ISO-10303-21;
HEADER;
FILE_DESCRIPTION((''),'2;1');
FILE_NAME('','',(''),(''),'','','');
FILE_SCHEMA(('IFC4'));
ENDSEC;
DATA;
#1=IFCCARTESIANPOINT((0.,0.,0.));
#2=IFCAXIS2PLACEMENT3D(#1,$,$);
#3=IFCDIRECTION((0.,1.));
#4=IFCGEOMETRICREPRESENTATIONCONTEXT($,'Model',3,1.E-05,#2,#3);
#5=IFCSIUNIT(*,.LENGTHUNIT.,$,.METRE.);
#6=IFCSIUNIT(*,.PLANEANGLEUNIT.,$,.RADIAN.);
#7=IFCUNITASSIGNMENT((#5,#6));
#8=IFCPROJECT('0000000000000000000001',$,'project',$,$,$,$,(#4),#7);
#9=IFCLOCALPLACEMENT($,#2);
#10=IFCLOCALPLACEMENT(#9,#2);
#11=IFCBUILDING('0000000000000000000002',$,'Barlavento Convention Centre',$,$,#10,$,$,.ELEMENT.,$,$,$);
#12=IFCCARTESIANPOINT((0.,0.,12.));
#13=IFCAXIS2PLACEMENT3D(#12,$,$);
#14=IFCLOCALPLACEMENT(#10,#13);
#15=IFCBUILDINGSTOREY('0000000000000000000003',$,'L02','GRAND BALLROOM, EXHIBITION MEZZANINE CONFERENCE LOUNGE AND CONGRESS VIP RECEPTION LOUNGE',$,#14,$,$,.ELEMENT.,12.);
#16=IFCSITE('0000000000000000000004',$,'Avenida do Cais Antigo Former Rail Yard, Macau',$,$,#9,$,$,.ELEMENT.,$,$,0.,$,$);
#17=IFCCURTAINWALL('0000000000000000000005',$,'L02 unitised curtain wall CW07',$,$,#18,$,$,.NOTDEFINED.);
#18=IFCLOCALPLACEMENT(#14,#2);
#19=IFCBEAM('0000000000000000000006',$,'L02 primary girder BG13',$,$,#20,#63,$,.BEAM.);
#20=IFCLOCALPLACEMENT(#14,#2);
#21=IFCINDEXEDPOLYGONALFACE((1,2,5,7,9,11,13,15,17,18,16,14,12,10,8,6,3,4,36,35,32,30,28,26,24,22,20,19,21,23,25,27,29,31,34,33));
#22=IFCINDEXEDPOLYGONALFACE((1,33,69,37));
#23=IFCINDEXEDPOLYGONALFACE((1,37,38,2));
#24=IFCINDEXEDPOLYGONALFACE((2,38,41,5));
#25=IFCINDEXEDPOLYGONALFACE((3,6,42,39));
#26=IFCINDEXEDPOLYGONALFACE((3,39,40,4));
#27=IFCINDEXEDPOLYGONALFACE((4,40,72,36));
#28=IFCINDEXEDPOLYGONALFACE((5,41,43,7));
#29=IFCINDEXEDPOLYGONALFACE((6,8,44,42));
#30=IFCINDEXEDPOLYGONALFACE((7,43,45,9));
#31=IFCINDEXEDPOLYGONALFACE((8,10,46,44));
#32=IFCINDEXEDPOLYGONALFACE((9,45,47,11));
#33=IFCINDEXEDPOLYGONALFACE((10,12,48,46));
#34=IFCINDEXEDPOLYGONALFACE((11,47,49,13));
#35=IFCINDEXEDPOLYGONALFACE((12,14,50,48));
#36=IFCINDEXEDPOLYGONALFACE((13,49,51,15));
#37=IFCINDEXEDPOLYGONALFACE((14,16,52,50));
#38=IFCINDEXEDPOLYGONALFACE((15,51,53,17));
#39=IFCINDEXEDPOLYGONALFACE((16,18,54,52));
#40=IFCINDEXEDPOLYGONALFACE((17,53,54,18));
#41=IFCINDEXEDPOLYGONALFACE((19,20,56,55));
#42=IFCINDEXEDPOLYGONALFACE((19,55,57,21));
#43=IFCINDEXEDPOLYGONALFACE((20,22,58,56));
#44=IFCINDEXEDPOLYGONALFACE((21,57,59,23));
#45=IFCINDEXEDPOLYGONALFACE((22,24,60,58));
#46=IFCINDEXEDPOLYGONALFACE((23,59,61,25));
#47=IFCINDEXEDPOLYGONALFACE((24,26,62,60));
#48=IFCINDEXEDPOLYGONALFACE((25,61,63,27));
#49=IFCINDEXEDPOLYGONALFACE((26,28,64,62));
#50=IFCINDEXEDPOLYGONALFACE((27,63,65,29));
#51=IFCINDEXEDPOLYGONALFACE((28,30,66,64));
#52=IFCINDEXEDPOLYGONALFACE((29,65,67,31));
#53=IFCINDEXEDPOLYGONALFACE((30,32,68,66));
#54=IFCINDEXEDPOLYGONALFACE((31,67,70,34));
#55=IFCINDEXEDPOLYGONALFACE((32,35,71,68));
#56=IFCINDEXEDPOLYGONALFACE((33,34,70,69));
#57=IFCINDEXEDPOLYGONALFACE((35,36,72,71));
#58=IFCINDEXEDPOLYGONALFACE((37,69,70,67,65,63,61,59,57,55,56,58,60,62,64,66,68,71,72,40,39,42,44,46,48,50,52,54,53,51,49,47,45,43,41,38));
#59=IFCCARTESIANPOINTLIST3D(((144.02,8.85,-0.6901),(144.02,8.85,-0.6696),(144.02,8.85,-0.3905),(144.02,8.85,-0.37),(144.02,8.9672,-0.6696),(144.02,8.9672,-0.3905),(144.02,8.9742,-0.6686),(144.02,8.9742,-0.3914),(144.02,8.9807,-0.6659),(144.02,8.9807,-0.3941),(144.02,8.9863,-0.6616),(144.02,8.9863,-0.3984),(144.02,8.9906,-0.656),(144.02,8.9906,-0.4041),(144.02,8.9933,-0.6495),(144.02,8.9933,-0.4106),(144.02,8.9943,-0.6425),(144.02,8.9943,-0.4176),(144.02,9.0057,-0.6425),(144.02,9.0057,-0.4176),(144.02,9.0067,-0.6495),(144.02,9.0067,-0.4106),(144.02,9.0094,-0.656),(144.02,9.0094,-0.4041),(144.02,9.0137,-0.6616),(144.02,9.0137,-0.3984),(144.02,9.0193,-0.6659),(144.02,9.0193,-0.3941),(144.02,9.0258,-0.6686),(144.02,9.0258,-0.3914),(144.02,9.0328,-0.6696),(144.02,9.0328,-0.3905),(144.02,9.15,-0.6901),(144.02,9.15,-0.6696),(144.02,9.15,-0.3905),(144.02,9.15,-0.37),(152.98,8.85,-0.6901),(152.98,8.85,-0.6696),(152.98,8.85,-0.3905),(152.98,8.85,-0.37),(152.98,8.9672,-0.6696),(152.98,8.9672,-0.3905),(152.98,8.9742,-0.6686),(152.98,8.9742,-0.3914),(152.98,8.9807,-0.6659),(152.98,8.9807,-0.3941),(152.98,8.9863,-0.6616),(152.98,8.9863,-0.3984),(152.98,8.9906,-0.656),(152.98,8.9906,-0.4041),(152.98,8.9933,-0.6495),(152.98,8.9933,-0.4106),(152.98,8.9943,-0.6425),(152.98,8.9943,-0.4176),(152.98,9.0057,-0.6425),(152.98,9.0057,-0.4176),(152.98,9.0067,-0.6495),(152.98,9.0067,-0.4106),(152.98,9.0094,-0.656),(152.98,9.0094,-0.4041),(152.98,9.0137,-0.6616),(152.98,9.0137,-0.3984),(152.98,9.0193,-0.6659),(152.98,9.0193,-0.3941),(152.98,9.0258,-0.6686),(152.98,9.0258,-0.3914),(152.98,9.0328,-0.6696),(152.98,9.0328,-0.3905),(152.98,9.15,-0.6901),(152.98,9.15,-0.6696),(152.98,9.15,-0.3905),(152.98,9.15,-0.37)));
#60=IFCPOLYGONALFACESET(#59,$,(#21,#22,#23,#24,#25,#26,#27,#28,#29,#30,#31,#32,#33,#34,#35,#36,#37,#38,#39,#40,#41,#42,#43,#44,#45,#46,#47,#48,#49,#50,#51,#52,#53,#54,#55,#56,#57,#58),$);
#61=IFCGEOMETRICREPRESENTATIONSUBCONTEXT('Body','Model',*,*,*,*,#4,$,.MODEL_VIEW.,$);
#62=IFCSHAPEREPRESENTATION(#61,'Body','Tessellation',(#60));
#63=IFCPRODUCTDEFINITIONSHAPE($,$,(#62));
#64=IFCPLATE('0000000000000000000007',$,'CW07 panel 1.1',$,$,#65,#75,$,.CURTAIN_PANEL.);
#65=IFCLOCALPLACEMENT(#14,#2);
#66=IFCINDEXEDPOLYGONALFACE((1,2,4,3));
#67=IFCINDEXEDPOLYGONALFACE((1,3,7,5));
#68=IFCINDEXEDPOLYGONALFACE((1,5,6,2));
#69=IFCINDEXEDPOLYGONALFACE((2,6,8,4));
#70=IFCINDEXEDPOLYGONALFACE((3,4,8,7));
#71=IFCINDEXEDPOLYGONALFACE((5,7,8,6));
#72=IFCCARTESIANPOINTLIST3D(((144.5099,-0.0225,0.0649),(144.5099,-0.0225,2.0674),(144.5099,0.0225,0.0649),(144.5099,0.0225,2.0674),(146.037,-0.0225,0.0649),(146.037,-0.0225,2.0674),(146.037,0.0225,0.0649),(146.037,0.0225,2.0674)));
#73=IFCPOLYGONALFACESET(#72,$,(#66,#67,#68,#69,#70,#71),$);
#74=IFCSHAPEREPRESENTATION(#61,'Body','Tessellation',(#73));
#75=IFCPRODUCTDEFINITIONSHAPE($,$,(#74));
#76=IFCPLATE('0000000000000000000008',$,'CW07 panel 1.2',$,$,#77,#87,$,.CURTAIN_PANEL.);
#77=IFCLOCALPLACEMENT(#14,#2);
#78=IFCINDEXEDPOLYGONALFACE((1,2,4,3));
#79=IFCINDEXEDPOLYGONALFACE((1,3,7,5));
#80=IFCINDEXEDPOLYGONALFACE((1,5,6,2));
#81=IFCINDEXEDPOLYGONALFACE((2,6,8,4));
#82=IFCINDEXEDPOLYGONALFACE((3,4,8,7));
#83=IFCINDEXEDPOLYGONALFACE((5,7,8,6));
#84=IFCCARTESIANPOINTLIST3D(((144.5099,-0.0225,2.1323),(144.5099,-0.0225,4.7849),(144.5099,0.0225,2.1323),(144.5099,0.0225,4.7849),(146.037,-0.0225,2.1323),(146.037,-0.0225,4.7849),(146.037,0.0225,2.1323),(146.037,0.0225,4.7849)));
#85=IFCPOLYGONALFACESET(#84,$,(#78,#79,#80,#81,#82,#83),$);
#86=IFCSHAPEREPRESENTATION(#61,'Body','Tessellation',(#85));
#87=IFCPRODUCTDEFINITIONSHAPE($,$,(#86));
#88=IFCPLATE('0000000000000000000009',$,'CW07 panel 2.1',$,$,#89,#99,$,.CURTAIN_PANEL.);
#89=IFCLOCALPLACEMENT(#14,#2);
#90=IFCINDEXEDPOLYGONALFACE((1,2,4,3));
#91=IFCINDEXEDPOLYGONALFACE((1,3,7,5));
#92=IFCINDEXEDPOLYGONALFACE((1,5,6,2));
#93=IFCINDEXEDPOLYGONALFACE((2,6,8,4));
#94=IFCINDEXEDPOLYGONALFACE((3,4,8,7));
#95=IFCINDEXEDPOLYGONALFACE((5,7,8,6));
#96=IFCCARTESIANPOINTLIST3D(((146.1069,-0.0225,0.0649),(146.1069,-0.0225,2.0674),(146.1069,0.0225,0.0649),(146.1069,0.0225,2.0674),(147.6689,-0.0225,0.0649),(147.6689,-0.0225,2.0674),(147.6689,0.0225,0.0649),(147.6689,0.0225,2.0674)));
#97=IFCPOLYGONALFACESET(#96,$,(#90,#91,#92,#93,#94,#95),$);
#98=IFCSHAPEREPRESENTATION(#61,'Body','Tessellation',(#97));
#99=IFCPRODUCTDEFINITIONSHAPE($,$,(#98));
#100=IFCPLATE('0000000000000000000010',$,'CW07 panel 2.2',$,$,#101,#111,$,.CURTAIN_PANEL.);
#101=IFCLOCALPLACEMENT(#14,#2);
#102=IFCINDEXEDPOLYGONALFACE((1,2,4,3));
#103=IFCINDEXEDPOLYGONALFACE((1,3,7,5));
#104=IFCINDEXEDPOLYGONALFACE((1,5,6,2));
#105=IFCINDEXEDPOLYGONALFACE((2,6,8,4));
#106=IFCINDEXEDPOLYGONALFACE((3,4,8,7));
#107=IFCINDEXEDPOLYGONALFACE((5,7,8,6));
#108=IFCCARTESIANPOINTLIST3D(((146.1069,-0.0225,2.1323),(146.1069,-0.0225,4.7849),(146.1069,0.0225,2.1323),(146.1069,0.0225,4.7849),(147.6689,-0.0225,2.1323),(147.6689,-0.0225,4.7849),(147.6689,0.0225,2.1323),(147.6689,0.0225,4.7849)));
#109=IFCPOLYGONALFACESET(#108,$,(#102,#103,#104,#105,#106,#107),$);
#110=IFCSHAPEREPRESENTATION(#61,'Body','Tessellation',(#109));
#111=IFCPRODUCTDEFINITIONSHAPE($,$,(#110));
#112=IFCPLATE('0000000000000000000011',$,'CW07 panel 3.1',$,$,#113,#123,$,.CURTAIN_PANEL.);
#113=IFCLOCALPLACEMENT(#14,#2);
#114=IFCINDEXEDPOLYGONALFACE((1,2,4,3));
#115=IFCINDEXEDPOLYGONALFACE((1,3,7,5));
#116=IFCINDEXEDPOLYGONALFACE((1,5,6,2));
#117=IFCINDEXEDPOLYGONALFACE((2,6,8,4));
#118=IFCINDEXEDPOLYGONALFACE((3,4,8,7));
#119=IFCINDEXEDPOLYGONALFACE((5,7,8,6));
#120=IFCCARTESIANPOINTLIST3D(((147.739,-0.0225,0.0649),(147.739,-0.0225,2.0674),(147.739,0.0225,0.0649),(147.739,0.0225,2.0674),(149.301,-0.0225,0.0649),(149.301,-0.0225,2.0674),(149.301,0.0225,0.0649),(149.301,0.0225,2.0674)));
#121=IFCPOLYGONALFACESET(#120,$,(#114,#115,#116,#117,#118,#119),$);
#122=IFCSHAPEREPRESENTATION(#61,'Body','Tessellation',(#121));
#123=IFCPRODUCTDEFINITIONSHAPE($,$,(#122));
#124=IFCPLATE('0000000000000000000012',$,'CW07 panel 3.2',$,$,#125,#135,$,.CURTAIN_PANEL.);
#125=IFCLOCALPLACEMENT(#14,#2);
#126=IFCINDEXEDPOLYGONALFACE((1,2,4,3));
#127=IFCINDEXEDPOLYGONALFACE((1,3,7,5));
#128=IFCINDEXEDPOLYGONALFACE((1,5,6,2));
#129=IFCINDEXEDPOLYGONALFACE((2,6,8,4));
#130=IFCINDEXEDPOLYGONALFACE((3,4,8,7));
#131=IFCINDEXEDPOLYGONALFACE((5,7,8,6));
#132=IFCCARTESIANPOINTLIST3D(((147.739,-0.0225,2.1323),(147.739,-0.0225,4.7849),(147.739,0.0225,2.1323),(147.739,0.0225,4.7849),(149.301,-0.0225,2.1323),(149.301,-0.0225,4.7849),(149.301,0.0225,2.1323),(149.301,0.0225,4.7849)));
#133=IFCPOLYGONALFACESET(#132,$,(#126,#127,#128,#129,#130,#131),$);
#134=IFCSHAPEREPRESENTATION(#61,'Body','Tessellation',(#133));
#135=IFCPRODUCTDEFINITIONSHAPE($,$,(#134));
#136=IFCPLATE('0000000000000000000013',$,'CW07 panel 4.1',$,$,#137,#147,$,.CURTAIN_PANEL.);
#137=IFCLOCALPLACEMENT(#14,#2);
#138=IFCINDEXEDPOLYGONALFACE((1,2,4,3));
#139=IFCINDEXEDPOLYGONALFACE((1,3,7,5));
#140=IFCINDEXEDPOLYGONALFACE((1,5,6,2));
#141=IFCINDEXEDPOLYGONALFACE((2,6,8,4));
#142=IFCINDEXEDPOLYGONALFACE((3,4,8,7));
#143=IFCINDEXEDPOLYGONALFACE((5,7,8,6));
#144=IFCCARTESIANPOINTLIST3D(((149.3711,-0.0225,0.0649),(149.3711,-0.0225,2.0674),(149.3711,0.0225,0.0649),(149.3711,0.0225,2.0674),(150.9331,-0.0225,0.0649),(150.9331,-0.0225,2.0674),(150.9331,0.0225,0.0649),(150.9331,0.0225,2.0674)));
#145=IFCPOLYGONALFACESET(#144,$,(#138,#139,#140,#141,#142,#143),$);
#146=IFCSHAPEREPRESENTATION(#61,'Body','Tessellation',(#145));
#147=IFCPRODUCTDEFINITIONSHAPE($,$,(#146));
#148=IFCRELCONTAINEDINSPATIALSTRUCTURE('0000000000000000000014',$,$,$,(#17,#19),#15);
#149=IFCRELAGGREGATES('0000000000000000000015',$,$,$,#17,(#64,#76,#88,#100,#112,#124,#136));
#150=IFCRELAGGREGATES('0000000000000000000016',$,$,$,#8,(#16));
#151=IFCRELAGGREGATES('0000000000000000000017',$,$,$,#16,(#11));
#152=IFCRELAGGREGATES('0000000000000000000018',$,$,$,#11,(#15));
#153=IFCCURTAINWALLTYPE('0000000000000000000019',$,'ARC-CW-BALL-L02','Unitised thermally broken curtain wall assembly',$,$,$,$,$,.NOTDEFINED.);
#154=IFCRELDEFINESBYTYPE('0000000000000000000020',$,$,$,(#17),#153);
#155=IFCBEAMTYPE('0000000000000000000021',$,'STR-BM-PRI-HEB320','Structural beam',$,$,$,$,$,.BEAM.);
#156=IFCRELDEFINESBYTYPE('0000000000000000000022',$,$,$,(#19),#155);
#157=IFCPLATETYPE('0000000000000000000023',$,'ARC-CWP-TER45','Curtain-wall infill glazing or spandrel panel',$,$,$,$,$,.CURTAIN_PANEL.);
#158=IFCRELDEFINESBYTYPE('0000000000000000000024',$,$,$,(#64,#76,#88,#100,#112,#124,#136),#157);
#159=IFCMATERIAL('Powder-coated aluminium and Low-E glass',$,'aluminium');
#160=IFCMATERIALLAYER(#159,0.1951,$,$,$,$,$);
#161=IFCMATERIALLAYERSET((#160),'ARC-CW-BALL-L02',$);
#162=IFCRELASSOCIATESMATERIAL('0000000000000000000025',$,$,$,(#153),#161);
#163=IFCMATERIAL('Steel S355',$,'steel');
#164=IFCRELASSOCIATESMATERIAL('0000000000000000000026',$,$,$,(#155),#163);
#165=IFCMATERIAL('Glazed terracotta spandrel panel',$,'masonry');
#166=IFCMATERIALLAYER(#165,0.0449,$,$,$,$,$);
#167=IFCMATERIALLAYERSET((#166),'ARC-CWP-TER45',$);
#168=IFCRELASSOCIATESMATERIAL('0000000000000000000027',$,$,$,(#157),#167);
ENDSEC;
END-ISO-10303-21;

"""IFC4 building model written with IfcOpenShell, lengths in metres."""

from ifc_helpers import new_model, si_unit, direction, frame, origin, origin_2d, place, context, subcontext, project, spatial, rectangle, i_section, extrude, material, layer, layer_set, material_profile, profile_set, type_object, element, aggregate, save


model = new_model("IFC4")

# Units and contexts
model_context = context("Model", 3, precision=1e-05, world=origin(), true_north=direction((0.0, 1.0)))
body_context = subcontext(model_context, "Body", "Model", "MODEL_VIEW")
ifc_project = project(units=[si_unit("LENGTHUNIT", "METRE"), si_unit("PLANEANGLEUNIT", "RADIAN")], contexts=[model_context])

# Site, building, storey
site_placement = place(None, origin())
site = spatial("IfcSite", under=ifc_project, at=site_placement, Name="Avenida do Cais Antigo Former Rail Yard, Macau", CompositionType="ELEMENT", RefElevation=0.0)
building_placement = place(site_placement, origin())
building = spatial("IfcBuilding", under=site, at=building_placement, Name="Barlavento Convention Centre", CompositionType="ELEMENT")
storey_placement = place(building_placement, frame((0.0, 0.0, 12.0)))
storey = spatial("IfcBuildingStorey", under=building, at=storey_placement, Name="L02", Description="GRAND BALLROOM, EXHIBITION MEZZANINE CONFERENCE LOUNGE AND CONGRESS VIP RECEPTION LOUNGE", CompositionType="ELEMENT", Elevation=12.0)

# Curtain wall
ifc_material_1 = material(Name="Powder-coated aluminium and Low-E glass", Category="aluminium")
ifc_layer_1 = layer(ifc_material_1, 0.1951)
ifc_layer_set_1 = layer_set([ifc_layer_1], Name="ARC-CW-BALL-L02")
curtain_wall_type = type_object("IfcCurtainWallType", Name="ARC-CW-BALL-L02", Description="Unitised thermally broken curtain wall assembly", PredefinedType="NOTDEFINED", material=ifc_layer_set_1)
curtain_wall_placement = place(storey_placement, origin())
curtain_wall = element("IfcCurtainWall", 1, at=curtain_wall_placement, inside=storey, type_object=curtain_wall_type, Name="L02 unitised curtain wall CW07", PredefinedType="NOTDEFINED")

# Beam
ifc_material_2 = material(Name="Steel S355", Category="steel")
ifc_material_profile_1 = material_profile(ifc_material_2, i_section(OverallWidth=0.3, OverallDepth=0.3201, WebThickness=0.0115, FlangeThickness=0.0205, FilletRadius=0.0271, at=origin_2d()), Name="HEB 320")
ifc_profile_set_1 = profile_set([ifc_material_profile_1], Name="Steel S355")
beam_type_1 = type_object("IfcBeamType", Name="STR-BM-PRI-HEB320", Description="Structural beam", PredefinedType="BEAM", material=ifc_profile_set_1)
beam_1_placement = place(storey_placement, frame((144.02, 9.0, -0.53), z_axis=(1.0, 0.0, 0.0), x_axis=(0.0, 1.0, 0.0)))
element("IfcBeam", 2, at=beam_1_placement, inside=storey, type_object=beam_type_1, Name="L02 primary girder BG13", PredefinedType="BEAM", context=body_context, shape_type="SweptSolid", body=[
    extrude(i_section(OverallWidth=0.3, OverallDepth=0.3201, WebThickness=0.0115, FlangeThickness=0.0205, FilletRadius=0.0271, at=origin_2d()), origin(), (0.0, 0.0, 1.0), 8.96),
])

# Plates
ifc_material_3 = material(Name="Glazed terracotta spandrel panel", Category="masonry")
ifc_layer_2 = layer(ifc_material_3, 0.0449)
ifc_layer_set_2 = layer_set([ifc_layer_2], Name="ARC-CWP-TER45")
plate_type = type_object("IfcPlateType", Name="ARC-CWP-TER45", Description="Curtain-wall infill glazing or spandrel panel", PredefinedType="CURTAIN_PANEL", material=ifc_layer_set_2)
plate_1_placement = place(storey_placement, frame((145.2734, 0.0, 0.0649), z_axis=(0.0, 0.0, 1.0), x_axis=(1.0, 0.0, 0.0)))
plate_1 = element("IfcPlate", 3, at=plate_1_placement, type_object=plate_type, Name="CW07 panel 1.1", PredefinedType="CURTAIN_PANEL", context=body_context, shape_type="SweptSolid", body=[
    extrude(rectangle(XDim=1.5271, YDim=0.0449, at=origin_2d()), origin(), (0.0, 0.0, 1.0), 2.0024),
])
plate_2_placement = place(storey_placement, frame((145.2734, 0.0, 2.1323), z_axis=(0.0, 0.0, 1.0), x_axis=(1.0, 0.0, 0.0)))
plate_2 = element("IfcPlate", 4, at=plate_2_placement, type_object=plate_type, Name="CW07 panel 1.2", PredefinedType="CURTAIN_PANEL", context=body_context, shape_type="SweptSolid", body=[
    extrude(rectangle(XDim=1.5271, YDim=0.0449, at=origin_2d()), origin(), (0.0, 0.0, 1.0), 2.6526),
])
plate_3_placement = place(storey_placement, frame((146.8879, 0.0, 0.0649), z_axis=(0.0, 0.0, 1.0), x_axis=(1.0, 0.0, 0.0)))
plate_3 = element("IfcPlate", 5, at=plate_3_placement, type_object=plate_type, Name="CW07 panel 2.1", PredefinedType="CURTAIN_PANEL", context=body_context, shape_type="SweptSolid", body=[
    extrude(rectangle(XDim=1.562, YDim=0.0449, at=origin_2d()), origin(), (0.0, 0.0, 1.0), 2.0024),
])
plate_4_placement = place(storey_placement, frame((146.8879, 0.0, 2.1323), z_axis=(0.0, 0.0, 1.0), x_axis=(1.0, 0.0, 0.0)))
plate_4 = element("IfcPlate", 6, at=plate_4_placement, type_object=plate_type, Name="CW07 panel 2.2", PredefinedType="CURTAIN_PANEL", context=body_context, shape_type="SweptSolid", body=[
    extrude(rectangle(XDim=1.562, YDim=0.0449, at=origin_2d()), origin(), (0.0, 0.0, 1.0), 2.6526),
])
plate_5_placement = place(storey_placement, frame((148.52, 0.0, 0.0649), z_axis=(0.0, 0.0, 1.0), x_axis=(1.0, 0.0, 0.0)))
plate_5 = element("IfcPlate", 7, at=plate_5_placement, type_object=plate_type, Name="CW07 panel 3.1", PredefinedType="CURTAIN_PANEL", context=body_context, shape_type="SweptSolid", body=[
    extrude(rectangle(XDim=1.562, YDim=0.0449, at=origin_2d()), origin(), (0.0, 0.0, 1.0), 2.0024),
])
plate_6_placement = place(storey_placement, frame((148.52, 0.0, 2.1323), z_axis=(0.0, 0.0, 1.0), x_axis=(1.0, 0.0, 0.0)))
plate_6 = element("IfcPlate", 8, at=plate_6_placement, type_object=plate_type, Name="CW07 panel 3.2", PredefinedType="CURTAIN_PANEL", context=body_context, shape_type="SweptSolid", body=[
    extrude(rectangle(XDim=1.562, YDim=0.0449, at=origin_2d()), origin(), (0.0, 0.0, 1.0), 2.6526),
])
plate_7_placement = place(storey_placement, frame((150.1521, 0.0, 0.0649), z_axis=(0.0, 0.0, 1.0), x_axis=(1.0, 0.0, 0.0)))
plate_7 = element("IfcPlate", 9, at=plate_7_placement, type_object=plate_type, Name="CW07 panel 4.1", PredefinedType="CURTAIN_PANEL", context=body_context, shape_type="SweptSolid", body=[
    extrude(rectangle(XDim=1.562, YDim=0.0449, at=origin_2d()), origin(), (0.0, 0.0, 1.0), 2.0024),
])
aggregate(curtain_wall, [plate_1, plate_2, plate_3, plate_4, plate_5, plate_6, plate_7])

save(model, "model.ifc")
